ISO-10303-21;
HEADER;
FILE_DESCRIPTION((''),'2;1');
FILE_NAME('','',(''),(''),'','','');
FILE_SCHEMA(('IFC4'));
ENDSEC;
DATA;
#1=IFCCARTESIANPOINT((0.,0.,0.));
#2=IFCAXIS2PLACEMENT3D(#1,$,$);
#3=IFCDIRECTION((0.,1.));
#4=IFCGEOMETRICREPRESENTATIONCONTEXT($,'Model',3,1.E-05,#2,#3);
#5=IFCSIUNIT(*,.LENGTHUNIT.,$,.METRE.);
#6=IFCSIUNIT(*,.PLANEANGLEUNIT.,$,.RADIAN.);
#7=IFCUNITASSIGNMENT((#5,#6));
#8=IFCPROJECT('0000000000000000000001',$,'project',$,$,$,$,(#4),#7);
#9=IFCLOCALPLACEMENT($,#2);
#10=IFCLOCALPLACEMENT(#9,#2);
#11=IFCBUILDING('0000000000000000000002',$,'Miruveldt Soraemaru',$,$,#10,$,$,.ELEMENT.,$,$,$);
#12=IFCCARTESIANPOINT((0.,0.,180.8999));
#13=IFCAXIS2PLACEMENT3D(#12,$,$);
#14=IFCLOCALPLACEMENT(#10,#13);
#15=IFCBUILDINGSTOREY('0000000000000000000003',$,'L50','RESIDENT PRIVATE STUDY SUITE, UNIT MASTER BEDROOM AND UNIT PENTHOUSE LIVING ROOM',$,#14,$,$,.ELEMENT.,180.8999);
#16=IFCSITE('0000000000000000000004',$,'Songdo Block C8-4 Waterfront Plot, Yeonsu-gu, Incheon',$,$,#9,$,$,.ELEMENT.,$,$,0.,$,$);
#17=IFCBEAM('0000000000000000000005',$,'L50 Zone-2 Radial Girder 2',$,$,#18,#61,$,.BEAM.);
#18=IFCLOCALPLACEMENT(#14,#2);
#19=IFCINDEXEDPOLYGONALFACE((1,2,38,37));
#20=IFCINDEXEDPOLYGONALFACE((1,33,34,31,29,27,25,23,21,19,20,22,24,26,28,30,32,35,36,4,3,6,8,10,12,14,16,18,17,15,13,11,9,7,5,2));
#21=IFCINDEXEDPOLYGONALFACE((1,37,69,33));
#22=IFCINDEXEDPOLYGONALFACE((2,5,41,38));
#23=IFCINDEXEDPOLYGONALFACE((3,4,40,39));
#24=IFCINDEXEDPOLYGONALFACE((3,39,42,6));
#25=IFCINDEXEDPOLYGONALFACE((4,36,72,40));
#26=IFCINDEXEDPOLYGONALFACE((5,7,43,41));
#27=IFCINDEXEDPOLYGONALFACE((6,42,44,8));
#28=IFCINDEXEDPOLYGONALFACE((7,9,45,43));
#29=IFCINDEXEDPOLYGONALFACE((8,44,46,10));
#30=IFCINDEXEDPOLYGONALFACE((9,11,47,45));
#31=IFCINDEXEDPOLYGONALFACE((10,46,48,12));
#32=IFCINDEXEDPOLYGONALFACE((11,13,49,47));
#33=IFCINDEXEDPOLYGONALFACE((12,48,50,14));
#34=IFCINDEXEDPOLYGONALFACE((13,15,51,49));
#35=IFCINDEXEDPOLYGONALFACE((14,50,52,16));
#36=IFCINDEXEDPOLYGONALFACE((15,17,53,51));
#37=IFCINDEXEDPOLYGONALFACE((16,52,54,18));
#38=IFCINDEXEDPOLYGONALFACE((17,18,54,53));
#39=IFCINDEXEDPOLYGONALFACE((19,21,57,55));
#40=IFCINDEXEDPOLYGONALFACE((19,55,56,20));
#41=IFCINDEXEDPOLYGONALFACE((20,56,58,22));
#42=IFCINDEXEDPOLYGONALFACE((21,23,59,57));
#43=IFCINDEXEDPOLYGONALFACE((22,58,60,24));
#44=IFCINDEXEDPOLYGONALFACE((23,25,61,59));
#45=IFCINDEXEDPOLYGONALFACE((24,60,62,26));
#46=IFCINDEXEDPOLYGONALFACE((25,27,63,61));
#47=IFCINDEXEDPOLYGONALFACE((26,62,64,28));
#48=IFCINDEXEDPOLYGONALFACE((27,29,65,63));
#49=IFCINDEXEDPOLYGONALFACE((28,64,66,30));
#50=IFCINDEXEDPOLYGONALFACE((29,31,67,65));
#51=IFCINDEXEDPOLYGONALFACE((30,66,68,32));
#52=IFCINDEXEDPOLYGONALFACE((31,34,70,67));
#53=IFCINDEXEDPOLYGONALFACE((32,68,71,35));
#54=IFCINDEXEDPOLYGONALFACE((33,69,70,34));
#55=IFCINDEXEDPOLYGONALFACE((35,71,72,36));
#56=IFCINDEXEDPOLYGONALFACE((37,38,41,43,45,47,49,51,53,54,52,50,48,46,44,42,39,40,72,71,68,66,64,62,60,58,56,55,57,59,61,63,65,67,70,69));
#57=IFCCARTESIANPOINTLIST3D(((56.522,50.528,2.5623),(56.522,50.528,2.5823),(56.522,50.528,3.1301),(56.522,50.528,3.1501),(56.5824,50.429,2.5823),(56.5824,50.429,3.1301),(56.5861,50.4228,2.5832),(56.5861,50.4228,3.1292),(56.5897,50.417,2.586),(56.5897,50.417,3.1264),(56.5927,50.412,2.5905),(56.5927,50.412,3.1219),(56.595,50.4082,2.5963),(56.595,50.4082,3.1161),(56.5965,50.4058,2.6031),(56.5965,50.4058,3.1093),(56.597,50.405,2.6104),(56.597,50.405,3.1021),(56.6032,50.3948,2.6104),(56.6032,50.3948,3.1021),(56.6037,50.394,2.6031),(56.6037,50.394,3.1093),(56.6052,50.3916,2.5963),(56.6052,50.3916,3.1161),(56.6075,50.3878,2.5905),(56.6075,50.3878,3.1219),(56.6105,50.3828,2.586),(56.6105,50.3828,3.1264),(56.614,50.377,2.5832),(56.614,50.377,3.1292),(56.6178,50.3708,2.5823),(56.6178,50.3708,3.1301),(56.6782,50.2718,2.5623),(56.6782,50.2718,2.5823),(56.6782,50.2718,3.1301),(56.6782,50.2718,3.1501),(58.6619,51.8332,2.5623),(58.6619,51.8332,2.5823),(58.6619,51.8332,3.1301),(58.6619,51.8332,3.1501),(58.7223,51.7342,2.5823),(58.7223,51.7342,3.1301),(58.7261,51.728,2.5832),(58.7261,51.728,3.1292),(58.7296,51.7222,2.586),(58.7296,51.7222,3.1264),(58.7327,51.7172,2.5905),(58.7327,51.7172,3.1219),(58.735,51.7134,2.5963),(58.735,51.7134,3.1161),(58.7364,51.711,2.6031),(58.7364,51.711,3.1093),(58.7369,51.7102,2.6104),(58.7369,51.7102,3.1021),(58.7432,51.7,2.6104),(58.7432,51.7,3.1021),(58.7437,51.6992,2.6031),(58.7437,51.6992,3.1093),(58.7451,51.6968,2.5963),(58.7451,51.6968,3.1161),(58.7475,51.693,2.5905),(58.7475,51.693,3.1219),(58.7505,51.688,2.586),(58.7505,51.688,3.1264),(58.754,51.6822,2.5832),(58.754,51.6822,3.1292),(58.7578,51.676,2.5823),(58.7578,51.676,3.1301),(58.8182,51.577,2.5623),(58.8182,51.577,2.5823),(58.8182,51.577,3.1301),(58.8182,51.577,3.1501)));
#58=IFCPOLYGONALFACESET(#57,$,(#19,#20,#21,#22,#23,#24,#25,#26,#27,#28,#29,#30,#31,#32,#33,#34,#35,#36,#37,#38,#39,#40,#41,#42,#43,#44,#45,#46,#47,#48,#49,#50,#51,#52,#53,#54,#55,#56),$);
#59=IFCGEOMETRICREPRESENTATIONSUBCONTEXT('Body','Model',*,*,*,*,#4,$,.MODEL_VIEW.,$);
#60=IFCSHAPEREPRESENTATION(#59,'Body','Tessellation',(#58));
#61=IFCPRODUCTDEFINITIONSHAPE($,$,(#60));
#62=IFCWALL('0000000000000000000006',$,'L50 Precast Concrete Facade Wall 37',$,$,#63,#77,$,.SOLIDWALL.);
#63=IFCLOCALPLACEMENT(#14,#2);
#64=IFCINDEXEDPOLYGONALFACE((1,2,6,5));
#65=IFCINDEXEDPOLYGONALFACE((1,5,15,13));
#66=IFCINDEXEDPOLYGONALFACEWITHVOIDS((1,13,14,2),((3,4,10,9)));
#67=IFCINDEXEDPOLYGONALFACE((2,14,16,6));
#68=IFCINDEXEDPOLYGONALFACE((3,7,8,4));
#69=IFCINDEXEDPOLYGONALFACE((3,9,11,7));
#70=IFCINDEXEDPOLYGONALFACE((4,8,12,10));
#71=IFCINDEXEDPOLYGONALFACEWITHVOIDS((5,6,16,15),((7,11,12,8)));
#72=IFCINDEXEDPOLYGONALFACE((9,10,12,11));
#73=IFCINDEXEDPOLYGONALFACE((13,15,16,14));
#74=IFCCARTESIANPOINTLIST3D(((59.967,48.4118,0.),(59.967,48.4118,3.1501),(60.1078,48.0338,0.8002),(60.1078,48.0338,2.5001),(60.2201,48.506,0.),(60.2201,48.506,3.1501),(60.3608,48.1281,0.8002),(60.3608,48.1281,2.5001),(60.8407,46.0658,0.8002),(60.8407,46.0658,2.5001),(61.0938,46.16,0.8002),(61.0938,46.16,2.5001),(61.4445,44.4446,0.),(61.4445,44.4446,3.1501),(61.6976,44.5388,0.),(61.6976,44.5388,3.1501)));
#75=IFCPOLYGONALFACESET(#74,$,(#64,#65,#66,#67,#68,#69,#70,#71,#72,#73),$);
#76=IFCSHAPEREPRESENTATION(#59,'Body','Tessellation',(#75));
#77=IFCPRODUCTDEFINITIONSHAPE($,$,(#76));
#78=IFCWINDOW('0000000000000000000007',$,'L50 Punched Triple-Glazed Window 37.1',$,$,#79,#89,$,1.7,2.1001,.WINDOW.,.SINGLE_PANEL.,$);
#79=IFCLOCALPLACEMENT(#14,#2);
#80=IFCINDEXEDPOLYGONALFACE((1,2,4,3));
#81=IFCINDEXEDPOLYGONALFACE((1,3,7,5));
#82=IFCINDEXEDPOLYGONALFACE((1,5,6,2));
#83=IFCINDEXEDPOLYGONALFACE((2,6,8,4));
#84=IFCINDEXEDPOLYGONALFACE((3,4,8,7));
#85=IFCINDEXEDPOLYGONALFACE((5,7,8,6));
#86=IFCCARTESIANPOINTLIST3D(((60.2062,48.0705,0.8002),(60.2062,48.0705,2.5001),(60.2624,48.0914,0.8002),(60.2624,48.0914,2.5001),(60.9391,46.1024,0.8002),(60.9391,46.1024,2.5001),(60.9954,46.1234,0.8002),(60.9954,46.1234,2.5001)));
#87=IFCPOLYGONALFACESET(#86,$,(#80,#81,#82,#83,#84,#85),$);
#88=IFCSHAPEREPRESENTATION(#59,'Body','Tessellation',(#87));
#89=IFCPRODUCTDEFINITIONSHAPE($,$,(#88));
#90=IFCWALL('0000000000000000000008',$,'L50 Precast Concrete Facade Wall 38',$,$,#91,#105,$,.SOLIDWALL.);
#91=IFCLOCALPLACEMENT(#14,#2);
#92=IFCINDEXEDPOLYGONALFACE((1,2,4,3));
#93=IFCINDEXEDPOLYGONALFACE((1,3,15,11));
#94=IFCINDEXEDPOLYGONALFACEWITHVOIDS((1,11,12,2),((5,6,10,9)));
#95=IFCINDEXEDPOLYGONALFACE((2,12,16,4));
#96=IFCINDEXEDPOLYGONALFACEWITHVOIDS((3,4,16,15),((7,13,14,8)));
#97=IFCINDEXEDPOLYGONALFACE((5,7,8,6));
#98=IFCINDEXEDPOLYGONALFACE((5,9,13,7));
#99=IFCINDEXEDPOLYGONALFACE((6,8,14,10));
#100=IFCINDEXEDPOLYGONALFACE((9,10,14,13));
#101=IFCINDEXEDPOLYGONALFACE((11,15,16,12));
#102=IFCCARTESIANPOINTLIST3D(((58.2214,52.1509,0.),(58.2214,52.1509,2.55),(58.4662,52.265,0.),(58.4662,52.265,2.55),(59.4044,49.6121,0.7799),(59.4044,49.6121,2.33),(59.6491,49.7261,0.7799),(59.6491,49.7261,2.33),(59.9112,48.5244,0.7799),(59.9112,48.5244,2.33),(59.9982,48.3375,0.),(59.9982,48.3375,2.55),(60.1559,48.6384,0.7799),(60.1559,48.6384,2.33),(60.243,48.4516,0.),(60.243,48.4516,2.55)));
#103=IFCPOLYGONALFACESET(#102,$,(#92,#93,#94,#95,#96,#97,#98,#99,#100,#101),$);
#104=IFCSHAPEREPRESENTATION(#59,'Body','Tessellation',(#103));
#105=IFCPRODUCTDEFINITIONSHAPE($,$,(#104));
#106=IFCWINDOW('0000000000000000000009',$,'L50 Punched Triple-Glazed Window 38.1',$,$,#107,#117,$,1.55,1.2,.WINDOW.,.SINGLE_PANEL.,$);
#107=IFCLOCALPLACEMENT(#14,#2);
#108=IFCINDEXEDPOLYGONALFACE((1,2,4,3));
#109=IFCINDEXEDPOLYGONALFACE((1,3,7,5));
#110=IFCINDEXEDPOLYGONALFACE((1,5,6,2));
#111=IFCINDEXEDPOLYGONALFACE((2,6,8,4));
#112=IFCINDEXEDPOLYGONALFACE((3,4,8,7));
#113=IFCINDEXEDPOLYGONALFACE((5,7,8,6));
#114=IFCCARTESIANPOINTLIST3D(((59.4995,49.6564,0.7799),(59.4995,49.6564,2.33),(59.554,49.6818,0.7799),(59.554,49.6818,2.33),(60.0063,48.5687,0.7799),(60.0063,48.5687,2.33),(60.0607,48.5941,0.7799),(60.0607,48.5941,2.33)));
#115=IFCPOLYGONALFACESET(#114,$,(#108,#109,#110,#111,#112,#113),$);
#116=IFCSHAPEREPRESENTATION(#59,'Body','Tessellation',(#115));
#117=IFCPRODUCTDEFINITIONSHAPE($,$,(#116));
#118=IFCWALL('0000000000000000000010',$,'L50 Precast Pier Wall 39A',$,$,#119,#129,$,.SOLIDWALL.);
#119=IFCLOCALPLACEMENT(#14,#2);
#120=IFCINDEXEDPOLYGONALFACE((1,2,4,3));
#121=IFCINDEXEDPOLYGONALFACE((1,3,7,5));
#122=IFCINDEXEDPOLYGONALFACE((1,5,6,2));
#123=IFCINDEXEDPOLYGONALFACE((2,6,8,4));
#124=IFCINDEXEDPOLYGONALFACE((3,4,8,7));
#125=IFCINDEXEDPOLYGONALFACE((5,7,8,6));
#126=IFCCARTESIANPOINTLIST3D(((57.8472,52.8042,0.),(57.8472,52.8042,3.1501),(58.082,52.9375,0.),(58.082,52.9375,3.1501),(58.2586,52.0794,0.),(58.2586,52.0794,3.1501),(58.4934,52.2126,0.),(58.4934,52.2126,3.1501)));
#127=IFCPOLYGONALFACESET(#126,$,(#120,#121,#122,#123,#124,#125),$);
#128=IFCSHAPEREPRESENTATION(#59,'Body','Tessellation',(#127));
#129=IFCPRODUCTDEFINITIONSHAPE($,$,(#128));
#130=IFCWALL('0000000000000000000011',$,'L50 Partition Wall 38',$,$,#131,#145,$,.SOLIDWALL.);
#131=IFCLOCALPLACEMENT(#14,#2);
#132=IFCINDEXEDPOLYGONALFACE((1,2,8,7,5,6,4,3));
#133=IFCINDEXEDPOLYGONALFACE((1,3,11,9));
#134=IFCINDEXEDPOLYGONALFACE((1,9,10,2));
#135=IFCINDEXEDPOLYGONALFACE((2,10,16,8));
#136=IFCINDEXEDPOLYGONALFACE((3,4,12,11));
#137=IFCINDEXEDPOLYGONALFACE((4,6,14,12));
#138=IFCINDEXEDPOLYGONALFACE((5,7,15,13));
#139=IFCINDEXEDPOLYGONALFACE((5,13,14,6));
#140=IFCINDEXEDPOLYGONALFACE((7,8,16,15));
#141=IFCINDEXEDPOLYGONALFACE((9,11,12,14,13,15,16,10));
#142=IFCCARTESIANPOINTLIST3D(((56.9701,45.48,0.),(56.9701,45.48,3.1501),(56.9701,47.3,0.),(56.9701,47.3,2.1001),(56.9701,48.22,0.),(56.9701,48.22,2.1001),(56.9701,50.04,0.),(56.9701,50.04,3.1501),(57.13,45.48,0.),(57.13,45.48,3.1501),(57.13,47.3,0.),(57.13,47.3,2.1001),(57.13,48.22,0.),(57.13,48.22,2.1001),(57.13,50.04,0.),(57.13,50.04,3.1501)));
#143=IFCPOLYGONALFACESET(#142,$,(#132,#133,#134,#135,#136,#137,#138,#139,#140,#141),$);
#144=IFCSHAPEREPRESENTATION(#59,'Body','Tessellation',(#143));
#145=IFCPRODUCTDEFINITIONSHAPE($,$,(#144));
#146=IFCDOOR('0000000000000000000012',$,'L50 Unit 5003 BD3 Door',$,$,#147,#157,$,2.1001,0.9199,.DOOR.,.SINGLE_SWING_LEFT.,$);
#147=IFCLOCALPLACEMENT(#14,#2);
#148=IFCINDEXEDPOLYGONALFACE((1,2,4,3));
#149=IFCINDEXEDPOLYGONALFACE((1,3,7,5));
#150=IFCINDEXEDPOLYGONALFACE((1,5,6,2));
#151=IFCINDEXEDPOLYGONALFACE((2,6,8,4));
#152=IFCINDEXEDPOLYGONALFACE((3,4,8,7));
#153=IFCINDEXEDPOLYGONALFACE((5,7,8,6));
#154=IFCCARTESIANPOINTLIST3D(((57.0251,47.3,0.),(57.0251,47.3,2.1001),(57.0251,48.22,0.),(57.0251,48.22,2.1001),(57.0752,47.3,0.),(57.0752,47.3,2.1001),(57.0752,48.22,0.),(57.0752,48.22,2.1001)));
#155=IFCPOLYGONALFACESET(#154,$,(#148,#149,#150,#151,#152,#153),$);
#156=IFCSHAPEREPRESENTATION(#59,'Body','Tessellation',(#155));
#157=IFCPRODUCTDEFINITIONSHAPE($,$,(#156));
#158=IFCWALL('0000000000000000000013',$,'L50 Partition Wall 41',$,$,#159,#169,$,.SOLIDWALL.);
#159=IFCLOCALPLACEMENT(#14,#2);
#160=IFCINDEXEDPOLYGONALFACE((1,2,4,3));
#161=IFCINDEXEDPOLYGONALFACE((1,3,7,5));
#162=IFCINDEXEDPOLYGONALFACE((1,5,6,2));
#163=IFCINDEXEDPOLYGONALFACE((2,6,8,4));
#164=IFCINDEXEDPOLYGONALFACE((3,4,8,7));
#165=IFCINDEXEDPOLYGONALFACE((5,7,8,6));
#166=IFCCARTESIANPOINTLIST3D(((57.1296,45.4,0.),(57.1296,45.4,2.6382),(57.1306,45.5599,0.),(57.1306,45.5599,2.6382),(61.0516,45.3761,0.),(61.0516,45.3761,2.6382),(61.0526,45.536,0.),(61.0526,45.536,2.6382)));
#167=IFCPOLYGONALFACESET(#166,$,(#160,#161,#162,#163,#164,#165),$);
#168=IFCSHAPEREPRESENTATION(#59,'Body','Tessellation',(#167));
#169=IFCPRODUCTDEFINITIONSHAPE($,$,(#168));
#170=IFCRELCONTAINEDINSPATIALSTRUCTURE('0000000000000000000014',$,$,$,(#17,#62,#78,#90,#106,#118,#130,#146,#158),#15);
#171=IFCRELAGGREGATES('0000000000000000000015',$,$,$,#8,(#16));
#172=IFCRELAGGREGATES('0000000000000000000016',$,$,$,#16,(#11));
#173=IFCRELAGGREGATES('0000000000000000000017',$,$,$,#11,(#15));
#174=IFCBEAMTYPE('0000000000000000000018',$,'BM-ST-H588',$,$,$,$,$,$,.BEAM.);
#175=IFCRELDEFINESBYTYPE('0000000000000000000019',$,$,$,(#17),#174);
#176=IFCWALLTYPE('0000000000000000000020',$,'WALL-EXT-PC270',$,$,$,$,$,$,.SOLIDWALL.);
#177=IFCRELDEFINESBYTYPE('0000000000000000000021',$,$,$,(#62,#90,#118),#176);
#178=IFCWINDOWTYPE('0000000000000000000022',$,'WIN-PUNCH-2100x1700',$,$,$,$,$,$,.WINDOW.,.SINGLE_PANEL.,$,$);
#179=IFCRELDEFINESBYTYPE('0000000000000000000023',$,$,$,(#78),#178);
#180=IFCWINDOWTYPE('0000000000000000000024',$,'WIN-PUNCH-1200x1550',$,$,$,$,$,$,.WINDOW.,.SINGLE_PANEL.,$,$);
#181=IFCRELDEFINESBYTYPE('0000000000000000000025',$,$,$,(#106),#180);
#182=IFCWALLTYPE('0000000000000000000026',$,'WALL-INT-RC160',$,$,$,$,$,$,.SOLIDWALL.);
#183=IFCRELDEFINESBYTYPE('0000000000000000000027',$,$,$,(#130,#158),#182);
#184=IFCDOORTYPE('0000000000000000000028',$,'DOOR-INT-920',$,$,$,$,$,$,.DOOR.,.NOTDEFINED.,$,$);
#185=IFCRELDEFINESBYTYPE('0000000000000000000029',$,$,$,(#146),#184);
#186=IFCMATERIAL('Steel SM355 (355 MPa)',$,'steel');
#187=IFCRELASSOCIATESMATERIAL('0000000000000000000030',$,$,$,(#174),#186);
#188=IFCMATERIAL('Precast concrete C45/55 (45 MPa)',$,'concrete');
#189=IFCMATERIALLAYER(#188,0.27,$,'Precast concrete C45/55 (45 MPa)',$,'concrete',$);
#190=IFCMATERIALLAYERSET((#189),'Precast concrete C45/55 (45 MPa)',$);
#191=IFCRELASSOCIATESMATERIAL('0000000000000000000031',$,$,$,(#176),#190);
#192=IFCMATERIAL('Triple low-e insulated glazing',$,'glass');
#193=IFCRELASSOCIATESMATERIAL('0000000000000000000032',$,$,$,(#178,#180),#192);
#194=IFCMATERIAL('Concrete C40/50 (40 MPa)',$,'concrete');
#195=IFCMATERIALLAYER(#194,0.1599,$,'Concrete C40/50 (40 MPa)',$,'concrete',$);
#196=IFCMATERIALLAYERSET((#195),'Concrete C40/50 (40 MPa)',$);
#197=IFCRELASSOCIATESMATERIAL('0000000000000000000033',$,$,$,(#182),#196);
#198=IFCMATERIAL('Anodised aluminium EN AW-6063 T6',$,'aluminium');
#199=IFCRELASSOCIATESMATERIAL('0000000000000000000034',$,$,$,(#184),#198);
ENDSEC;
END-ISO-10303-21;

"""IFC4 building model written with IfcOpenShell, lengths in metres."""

from ifc_helpers import new_model, si_unit, direction, frame, frame_2d, origin, origin_2d, place, context, subcontext, project, spatial, rectangle, i_section, extrude, material, layer, layer_set, material_profile, profile_set, type_object, element, fill, save


model = new_model("IFC4")

# Units and contexts
model_context = context("Model", 3, precision=1e-05, world=origin(), true_north=direction((0.0, 1.0)))
body_context = subcontext(model_context, "Body", "Model", "MODEL_VIEW")
ifc_project = project(units=[si_unit("LENGTHUNIT", "METRE"), si_unit("PLANEANGLEUNIT", "RADIAN")], contexts=[model_context])

# Site, building, storey
site_placement = place(None, origin())
site = spatial("IfcSite", under=ifc_project, at=site_placement, Name="Songdo Block C8-4 Waterfront Plot, Yeonsu-gu, Incheon", CompositionType="ELEMENT", RefElevation=0.0)
building_placement = place(site_placement, origin())
building = spatial("IfcBuilding", under=site, at=building_placement, Name="Miruveldt Soraemaru", CompositionType="ELEMENT")
storey_placement = place(building_placement, frame((0.0, 0.0, 180.8999)))
storey = spatial("IfcBuildingStorey", under=building, at=storey_placement, Name="L50", Description="RESIDENT PRIVATE STUDY SUITE, UNIT MASTER BEDROOM AND UNIT PENTHOUSE LIVING ROOM", CompositionType="ELEMENT", Elevation=180.8999)

# Beam
ifc_material_1 = material(Name="Steel SM355 (355 MPa)", Category="steel")
ifc_material_profile_1 = material_profile(ifc_material_1, i_section(OverallWidth=0.3, OverallDepth=0.5879, WebThickness=0.012, FlangeThickness=0.02, FilletRadius=0.0281, at=origin_2d()), Name="Steel SM355 (355 MPa)", Category="steel")
ifc_profile_set_1 = profile_set([ifc_material_profile_1], Name="Steel SM355 (355 MPa)")
beam_type_1 = type_object("IfcBeamType", Name="BM-ST-H588", PredefinedType="BEAM", material=ifc_profile_set_1)
beam_1_placement = place(storey_placement, frame((56.6001, 50.3999, 2.8562), z_axis=(0.853732, 0.520713, 0.0), x_axis=(-0.520713, 0.853732, 0.0)))
element("IfcBeam", 1, at=beam_1_placement, inside=storey, type_object=beam_type_1, Name="L50 Zone-2 Radial Girder 2", PredefinedType="BEAM", context=body_context, shape_type="SweptSolid", body=[
    extrude(i_section(OverallWidth=0.3, OverallDepth=0.5879, WebThickness=0.012, FlangeThickness=0.02, FilletRadius=0.0281, at=origin_2d()), origin(), (0.0, 0.0, 1.0), 2.5066),
])

# Walls, openings, windows
ifc_material_2 = material(Name="Precast concrete C45/55 (45 MPa)", Category="concrete")
ifc_layer_1 = layer(ifc_material_2, 0.27, Name="Precast concrete C45/55 (45 MPa)", Category="concrete")
ifc_layer_set_1 = layer_set([ifc_layer_1], Name="Precast concrete C45/55 (45 MPa)")
wall_type_1 = type_object("IfcWallType", Name="WALL-EXT-PC270", PredefinedType="SOLIDWALL", material=ifc_layer_set_1)
wall_1_placement = place(storey_placement, frame((61.571, 44.4917, 0.0), z_axis=(0.0, 0.0, 1.0), x_axis=(-0.349012, 0.937118, 0.0)))
wall_1 = element("IfcWall", 2, at=wall_1_placement, inside=storey, type_object=wall_type_1, Name="L50 Precast Concrete Facade Wall 37", PredefinedType="SOLIDWALL", context=body_context, shape_type="SweptSolid", body=[
    extrude(rectangle(XDim=4.2334, YDim=0.27, at=frame_2d((2.1167, 0.0))), origin(), (0.0, 0.0, 1.0), 3.1501),
])
opening_1_placement = place(wall_1_placement, frame((1.73, 0.0, 0.8)))
opening_1 = element("IfcOpeningElement", 3, at=opening_1_placement, cuts=wall_1, PredefinedType="OPENING", context=body_context, shape_type="SweptSolid", body=[
    extrude(rectangle(XDim=2.1001, YDim=1.7, at=frame_2d((1.05, 0.8501))), frame((0.0, 0.145, 0.0), z_axis=(0.0, -1.0, 0.0), x_axis=(1.0, 0.0, 0.0)), (0.0, 0.0, 1.0), 0.29),
])
ifc_material_3 = material(Name="Triple low-e insulated glazing", Category="glass")
window_type_1 = type_object("IfcWindowType", Name="WIN-PUNCH-2100x1700", PartitioningType="SINGLE_PANEL", PredefinedType="WINDOW", material=ifc_material_3)
window_1_placement = place(opening_1_placement, origin())
window_1 = element("IfcWindow", 4, at=window_1_placement, inside=storey, type_object=window_type_1, Name="L50 Punched Triple-Glazed Window 37.1", OverallHeight=1.7, OverallWidth=2.1001, PartitioningType="SINGLE_PANEL", PredefinedType="WINDOW", context=body_context, shape_type="SweptSolid", body=[
    extrude(rectangle(XDim=2.1001, YDim=1.7, at=frame_2d((1.05, 0.8501))), frame((0.0, 0.03, 0.0), z_axis=(0.0, -1.0, 0.0), x_axis=(1.0, 0.0, 0.0)), (0.0, 0.0, 1.0), 0.0601),
])
fill(opening_1, window_1)
wall_2_placement = place(storey_placement, frame((60.1206, 48.3945, 0.0), z_axis=(0.0, 0.0, 1.0), x_axis=(-0.422345, 0.906435, 0.0)))
wall_2 = element("IfcWall", 5, at=wall_2_placement, inside=storey, type_object=wall_type_1, Name="L50 Precast Concrete Facade Wall 38", PredefinedType="SOLIDWALL", context=body_context, shape_type="SweptSolid", body=[
    extrude(rectangle(XDim=4.207, YDim=0.27, at=frame_2d((2.1035, 0.0))), origin(), (0.0, 0.0, 1.0), 2.55),
])
opening_2_placement = place(wall_2_placement, frame((0.2061, 0.0, 0.78)))
opening_2 = element("IfcOpeningElement", 6, at=opening_2_placement, cuts=wall_2, PredefinedType="OPENING", context=body_context, shape_type="SweptSolid", body=[
    extrude(rectangle(XDim=1.2, YDim=1.55, at=frame_2d((0.6001, 0.7749))), frame((0.0, 0.145, 0.0), z_axis=(0.0, -1.0, 0.0), x_axis=(1.0, 0.0, 0.0)), (0.0, 0.0, 1.0), 0.29),
])
window_type_2 = type_object("IfcWindowType", Name="WIN-PUNCH-1200x1550", PartitioningType="SINGLE_PANEL", PredefinedType="WINDOW", material=ifc_material_3)
window_2_placement = place(opening_2_placement, origin())
window_2 = element("IfcWindow", 7, at=window_2_placement, inside=storey, type_object=window_type_2, Name="L50 Punched Triple-Glazed Window 38.1", OverallHeight=1.55, OverallWidth=1.2, PartitioningType="SINGLE_PANEL", PredefinedType="WINDOW", context=body_context, shape_type="SweptSolid", body=[
    extrude(rectangle(XDim=1.2, YDim=1.55, at=frame_2d((0.6001, 0.7749))), frame((0.0, 0.03, 0.0), z_axis=(0.0, -1.0, 0.0), x_axis=(1.0, 0.0, 0.0)), (0.0, 0.0, 1.0), 0.0601),
])
fill(opening_2, window_2)

# Wall
wall_3_placement = place(storey_placement, frame((58.376, 52.146, 0.0), z_axis=(0.0, 0.0, 1.0), x_axis=(-0.493582, 0.8697, 0.0)))
element("IfcWall", 8, at=wall_3_placement, inside=storey, type_object=wall_type_1, Name="L50 Precast Pier Wall 39A", PredefinedType="SOLIDWALL", context=body_context, shape_type="SweptSolid", body=[
    extrude(rectangle(XDim=0.8335, YDim=0.27, at=frame_2d((0.4167, 0.0))), origin(), (0.0, 0.0, 1.0), 3.1501),
])

# Wall, opening, door
ifc_material_4 = material(Name="Concrete C40/50 (40 MPa)", Category="concrete")
ifc_layer_2 = layer(ifc_material_4, 0.1599, Name="Concrete C40/50 (40 MPa)", Category="concrete")
ifc_layer_set_2 = layer_set([ifc_layer_2], Name="Concrete C40/50 (40 MPa)")
wall_type_2 = type_object("IfcWallType", Name="WALL-INT-RC160", PredefinedType="SOLIDWALL", material=ifc_layer_set_2)
wall_4_placement = place(storey_placement, frame((57.05, 45.48, 0.0), z_axis=(0.0, 0.0, 1.0), x_axis=(0.0, 1.0, 0.0)))
wall_4 = element("IfcWall", 9, at=wall_4_placement, inside=storey, type_object=wall_type_2, Name="L50 Partition Wall 38", PredefinedType="SOLIDWALL", context=body_context, shape_type="SweptSolid", body=[
    extrude(rectangle(XDim=4.5601, YDim=0.1599, at=frame_2d((2.28, 0.0))), origin(), (0.0, 0.0, 1.0), 3.1501),
])
opening_3_placement = place(wall_4_placement, frame((1.8201, 0.0, 0.0)))
opening_3 = element("IfcOpeningElement", 10, at=opening_3_placement, cuts=wall_4, PredefinedType="OPENING", context=body_context, shape_type="SweptSolid", body=[
    extrude(rectangle(XDim=0.9199, YDim=2.1001, at=frame_2d((0.46, 1.05))), frame((0.0, 0.0898, 0.0), z_axis=(0.0, -1.0, 0.0), x_axis=(1.0, 0.0, 0.0)), (0.0, 0.0, 1.0), 0.1799),
])
ifc_material_5 = material(Name="Anodised aluminium EN AW-6063 T6", Category="aluminium")
door_type_1 = type_object("IfcDoorType", Name="DOOR-INT-920", OperationType="NOTDEFINED", PredefinedType="DOOR", material=ifc_material_5)
door_1_placement = place(opening_3_placement, origin())
door_1 = element("IfcDoor", 11, at=door_1_placement, inside=storey, type_object=door_type_1, Name="L50 Unit 5003 BD3 Door", OperationType="SINGLE_SWING_LEFT", OverallHeight=2.1001, OverallWidth=0.9199, PredefinedType="DOOR", context=body_context, shape_type="SweptSolid", body=[
    extrude(rectangle(XDim=0.9199, YDim=2.1001, at=frame_2d((0.46, 1.05))), frame((0.0, 0.0249, 0.0), z_axis=(0.0, -1.0, 0.0), x_axis=(1.0, 0.0, 0.0)), (0.0, 0.0, 1.0), 0.05),
])
fill(opening_3, door_1)

# Wall
wall_5_placement = place(storey_placement, frame((61.052, 45.4561, 0.0), z_axis=(0.0, 0.0, 1.0), x_axis=(-0.999981, 0.0061, 0.0)))
element("IfcWall", 12, at=wall_5_placement, inside=storey, type_object=wall_type_2, Name="L50 Partition Wall 41", PredefinedType="SOLIDWALL", context=body_context, shape_type="SweptSolid", body=[
    extrude(rectangle(XDim=3.9221, YDim=0.1599, at=frame_2d((1.9609, 0.0))), origin(), (0.0, 0.0, 1.0), 2.6382),
])

save(model, "model.ifc")
